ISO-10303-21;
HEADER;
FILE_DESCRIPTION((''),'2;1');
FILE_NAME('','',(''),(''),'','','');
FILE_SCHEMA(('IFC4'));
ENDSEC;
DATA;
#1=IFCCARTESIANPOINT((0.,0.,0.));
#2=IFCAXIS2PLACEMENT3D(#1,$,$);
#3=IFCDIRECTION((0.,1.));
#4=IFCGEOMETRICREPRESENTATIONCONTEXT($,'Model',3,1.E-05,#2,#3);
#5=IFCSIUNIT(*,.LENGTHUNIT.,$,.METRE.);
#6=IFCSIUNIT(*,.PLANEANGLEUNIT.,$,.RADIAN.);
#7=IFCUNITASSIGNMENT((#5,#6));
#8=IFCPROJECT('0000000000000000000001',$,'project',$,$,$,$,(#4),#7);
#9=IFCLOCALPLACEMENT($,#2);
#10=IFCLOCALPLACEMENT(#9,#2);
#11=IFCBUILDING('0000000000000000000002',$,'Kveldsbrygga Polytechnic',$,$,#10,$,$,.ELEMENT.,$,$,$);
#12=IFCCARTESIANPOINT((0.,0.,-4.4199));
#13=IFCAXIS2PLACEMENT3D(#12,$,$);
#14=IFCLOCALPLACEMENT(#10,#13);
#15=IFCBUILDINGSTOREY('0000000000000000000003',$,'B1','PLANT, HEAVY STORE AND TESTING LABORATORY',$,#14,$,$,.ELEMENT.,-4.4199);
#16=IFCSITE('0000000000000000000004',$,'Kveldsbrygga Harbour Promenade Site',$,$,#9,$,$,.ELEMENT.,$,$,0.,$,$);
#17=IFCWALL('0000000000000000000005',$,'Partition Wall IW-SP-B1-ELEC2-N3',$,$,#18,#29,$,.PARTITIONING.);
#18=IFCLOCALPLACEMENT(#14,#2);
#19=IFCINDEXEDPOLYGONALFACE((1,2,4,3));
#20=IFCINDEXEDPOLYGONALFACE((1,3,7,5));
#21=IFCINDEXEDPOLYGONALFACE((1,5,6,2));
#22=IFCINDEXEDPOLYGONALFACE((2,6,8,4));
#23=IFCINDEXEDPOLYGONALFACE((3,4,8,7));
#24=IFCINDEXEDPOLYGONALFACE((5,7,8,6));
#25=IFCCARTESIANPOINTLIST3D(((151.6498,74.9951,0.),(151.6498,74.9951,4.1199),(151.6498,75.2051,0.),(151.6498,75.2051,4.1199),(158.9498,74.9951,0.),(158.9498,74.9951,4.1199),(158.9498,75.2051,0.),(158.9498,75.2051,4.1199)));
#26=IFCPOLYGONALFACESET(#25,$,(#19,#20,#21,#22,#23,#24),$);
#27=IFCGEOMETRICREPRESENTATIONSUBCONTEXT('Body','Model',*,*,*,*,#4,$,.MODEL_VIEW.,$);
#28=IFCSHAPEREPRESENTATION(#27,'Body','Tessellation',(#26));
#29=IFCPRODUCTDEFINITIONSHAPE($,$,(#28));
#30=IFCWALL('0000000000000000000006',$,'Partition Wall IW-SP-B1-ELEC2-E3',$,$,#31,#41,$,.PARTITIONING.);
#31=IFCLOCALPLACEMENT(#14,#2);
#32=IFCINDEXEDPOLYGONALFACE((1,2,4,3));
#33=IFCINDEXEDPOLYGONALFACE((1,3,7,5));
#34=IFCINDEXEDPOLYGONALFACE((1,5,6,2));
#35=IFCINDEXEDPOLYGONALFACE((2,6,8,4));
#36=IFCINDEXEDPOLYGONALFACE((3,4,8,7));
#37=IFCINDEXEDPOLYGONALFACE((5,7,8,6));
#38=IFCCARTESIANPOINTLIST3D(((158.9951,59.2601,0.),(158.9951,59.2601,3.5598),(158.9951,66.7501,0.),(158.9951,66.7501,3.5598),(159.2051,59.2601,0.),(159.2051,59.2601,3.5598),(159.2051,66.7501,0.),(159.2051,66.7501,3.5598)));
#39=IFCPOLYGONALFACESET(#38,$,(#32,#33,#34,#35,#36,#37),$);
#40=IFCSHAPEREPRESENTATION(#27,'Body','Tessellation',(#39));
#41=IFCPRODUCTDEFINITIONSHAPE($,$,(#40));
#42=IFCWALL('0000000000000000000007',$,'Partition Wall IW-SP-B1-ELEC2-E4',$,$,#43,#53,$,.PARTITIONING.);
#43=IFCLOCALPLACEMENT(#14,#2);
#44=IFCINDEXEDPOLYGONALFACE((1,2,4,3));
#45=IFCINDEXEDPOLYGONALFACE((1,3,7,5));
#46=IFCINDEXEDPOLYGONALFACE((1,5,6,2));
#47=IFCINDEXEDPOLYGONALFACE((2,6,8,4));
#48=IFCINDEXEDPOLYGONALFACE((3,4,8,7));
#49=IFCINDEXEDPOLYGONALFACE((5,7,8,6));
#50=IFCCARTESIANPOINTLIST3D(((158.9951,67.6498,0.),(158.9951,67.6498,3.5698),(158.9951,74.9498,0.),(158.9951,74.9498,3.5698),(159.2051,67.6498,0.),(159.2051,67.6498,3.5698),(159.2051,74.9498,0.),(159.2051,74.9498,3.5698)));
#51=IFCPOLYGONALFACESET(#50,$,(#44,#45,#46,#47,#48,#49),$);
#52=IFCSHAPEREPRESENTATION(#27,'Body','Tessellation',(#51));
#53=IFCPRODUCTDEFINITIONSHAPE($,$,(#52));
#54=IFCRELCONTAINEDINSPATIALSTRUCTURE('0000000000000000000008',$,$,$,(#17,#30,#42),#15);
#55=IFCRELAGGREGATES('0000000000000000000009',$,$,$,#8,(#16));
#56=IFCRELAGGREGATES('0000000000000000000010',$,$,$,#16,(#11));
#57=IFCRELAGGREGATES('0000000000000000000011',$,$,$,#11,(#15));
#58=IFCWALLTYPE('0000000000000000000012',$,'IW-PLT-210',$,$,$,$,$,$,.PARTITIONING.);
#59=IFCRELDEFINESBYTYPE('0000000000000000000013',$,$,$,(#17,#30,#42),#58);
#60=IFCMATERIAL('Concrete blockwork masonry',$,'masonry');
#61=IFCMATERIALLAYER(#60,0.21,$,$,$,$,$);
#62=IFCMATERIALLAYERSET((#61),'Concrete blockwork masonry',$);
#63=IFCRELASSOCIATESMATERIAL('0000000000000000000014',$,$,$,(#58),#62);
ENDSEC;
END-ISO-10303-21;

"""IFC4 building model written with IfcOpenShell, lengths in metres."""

from ifc_helpers import new_model, si_unit, direction, frame, frame_2d, origin, place, context, subcontext, project, spatial, rectangle, extrude, material, layer, layer_set, type_object, element, save


model = new_model("IFC4")

# Units and contexts
model_context = context("Model", 3, precision=1e-05, world=origin(), true_north=direction((0.0, 1.0)))
body_context = subcontext(model_context, "Body", "Model", "MODEL_VIEW")
ifc_project = project(units=[si_unit("LENGTHUNIT", "METRE"), si_unit("PLANEANGLEUNIT", "RADIAN")], contexts=[model_context])

# Site, building, storey
site_placement = place(None, origin())
site = spatial("IfcSite", under=ifc_project, at=site_placement, Name="Kveldsbrygga Harbour Promenade Site", CompositionType="ELEMENT", RefElevation=0.0)
building_placement = place(site_placement, origin())
building = spatial("IfcBuilding", under=site, at=building_placement, Name="Kveldsbrygga Polytechnic", CompositionType="ELEMENT")
storey_placement = place(building_placement, frame((0.0, 0.0, -4.4199)))
storey = spatial("IfcBuildingStorey", under=building, at=storey_placement, Name="B1", Description="PLANT, HEAVY STORE AND TESTING LABORATORY", CompositionType="ELEMENT", Elevation=-4.4199)

# Walls
ifc_material_1 = material(Name="Concrete blockwork masonry", Category="masonry")
ifc_layer = layer(ifc_material_1, 0.21)
ifc_layer_set = layer_set([ifc_layer], Name="Concrete blockwork masonry")
wall_type = type_object("IfcWallType", Name="IW-PLT-210", PredefinedType="PARTITIONING", material=ifc_layer_set)
wall_1_placement = place(storey_placement, frame((151.6499, 75.1001, 0.0), z_axis=(0.0, 0.0, 1.0), x_axis=(1.0, 0.0, 0.0)))
element("IfcWall", 1, at=wall_1_placement, inside=storey, type_object=wall_type, Name="Partition Wall IW-SP-B1-ELEC2-N3", PredefinedType="PARTITIONING", context=body_context, shape_type="SweptSolid", body=[
    extrude(rectangle(XDim=7.3, YDim=0.21, at=frame_2d((3.6499, 0.0))), origin(), (0.0, 0.0, 1.0), 4.1199),
])
wall_2_placement = place(storey_placement, frame((159.1001, 59.26, 0.0), z_axis=(0.0, 0.0, 1.0), x_axis=(0.0, 1.0, 0.0)))
element("IfcWall", 2, at=wall_2_placement, inside=storey, type_object=wall_type, Name="Partition Wall IW-SP-B1-ELEC2-E3", PredefinedType="PARTITIONING", context=body_context, shape_type="SweptSolid", body=[
    extrude(rectangle(XDim=7.49, YDim=0.21, at=frame_2d((3.7451, 0.0))), origin(), (0.0, 0.0, 1.0), 3.5598),
])
wall_3_placement = place(storey_placement, frame((159.1001, 67.6499, 0.0), z_axis=(0.0, 0.0, 1.0), x_axis=(0.0, 1.0, 0.0)))
element("IfcWall", 3, at=wall_3_placement, inside=storey, type_object=wall_type, Name="Partition Wall IW-SP-B1-ELEC2-E4", PredefinedType="PARTITIONING", context=body_context, shape_type="SweptSolid", body=[
    extrude(rectangle(XDim=7.3, YDim=0.21, at=frame_2d((3.6499, 0.0))), origin(), (0.0, 0.0, 1.0), 3.5698),
])

save(model, "model.ifc")
